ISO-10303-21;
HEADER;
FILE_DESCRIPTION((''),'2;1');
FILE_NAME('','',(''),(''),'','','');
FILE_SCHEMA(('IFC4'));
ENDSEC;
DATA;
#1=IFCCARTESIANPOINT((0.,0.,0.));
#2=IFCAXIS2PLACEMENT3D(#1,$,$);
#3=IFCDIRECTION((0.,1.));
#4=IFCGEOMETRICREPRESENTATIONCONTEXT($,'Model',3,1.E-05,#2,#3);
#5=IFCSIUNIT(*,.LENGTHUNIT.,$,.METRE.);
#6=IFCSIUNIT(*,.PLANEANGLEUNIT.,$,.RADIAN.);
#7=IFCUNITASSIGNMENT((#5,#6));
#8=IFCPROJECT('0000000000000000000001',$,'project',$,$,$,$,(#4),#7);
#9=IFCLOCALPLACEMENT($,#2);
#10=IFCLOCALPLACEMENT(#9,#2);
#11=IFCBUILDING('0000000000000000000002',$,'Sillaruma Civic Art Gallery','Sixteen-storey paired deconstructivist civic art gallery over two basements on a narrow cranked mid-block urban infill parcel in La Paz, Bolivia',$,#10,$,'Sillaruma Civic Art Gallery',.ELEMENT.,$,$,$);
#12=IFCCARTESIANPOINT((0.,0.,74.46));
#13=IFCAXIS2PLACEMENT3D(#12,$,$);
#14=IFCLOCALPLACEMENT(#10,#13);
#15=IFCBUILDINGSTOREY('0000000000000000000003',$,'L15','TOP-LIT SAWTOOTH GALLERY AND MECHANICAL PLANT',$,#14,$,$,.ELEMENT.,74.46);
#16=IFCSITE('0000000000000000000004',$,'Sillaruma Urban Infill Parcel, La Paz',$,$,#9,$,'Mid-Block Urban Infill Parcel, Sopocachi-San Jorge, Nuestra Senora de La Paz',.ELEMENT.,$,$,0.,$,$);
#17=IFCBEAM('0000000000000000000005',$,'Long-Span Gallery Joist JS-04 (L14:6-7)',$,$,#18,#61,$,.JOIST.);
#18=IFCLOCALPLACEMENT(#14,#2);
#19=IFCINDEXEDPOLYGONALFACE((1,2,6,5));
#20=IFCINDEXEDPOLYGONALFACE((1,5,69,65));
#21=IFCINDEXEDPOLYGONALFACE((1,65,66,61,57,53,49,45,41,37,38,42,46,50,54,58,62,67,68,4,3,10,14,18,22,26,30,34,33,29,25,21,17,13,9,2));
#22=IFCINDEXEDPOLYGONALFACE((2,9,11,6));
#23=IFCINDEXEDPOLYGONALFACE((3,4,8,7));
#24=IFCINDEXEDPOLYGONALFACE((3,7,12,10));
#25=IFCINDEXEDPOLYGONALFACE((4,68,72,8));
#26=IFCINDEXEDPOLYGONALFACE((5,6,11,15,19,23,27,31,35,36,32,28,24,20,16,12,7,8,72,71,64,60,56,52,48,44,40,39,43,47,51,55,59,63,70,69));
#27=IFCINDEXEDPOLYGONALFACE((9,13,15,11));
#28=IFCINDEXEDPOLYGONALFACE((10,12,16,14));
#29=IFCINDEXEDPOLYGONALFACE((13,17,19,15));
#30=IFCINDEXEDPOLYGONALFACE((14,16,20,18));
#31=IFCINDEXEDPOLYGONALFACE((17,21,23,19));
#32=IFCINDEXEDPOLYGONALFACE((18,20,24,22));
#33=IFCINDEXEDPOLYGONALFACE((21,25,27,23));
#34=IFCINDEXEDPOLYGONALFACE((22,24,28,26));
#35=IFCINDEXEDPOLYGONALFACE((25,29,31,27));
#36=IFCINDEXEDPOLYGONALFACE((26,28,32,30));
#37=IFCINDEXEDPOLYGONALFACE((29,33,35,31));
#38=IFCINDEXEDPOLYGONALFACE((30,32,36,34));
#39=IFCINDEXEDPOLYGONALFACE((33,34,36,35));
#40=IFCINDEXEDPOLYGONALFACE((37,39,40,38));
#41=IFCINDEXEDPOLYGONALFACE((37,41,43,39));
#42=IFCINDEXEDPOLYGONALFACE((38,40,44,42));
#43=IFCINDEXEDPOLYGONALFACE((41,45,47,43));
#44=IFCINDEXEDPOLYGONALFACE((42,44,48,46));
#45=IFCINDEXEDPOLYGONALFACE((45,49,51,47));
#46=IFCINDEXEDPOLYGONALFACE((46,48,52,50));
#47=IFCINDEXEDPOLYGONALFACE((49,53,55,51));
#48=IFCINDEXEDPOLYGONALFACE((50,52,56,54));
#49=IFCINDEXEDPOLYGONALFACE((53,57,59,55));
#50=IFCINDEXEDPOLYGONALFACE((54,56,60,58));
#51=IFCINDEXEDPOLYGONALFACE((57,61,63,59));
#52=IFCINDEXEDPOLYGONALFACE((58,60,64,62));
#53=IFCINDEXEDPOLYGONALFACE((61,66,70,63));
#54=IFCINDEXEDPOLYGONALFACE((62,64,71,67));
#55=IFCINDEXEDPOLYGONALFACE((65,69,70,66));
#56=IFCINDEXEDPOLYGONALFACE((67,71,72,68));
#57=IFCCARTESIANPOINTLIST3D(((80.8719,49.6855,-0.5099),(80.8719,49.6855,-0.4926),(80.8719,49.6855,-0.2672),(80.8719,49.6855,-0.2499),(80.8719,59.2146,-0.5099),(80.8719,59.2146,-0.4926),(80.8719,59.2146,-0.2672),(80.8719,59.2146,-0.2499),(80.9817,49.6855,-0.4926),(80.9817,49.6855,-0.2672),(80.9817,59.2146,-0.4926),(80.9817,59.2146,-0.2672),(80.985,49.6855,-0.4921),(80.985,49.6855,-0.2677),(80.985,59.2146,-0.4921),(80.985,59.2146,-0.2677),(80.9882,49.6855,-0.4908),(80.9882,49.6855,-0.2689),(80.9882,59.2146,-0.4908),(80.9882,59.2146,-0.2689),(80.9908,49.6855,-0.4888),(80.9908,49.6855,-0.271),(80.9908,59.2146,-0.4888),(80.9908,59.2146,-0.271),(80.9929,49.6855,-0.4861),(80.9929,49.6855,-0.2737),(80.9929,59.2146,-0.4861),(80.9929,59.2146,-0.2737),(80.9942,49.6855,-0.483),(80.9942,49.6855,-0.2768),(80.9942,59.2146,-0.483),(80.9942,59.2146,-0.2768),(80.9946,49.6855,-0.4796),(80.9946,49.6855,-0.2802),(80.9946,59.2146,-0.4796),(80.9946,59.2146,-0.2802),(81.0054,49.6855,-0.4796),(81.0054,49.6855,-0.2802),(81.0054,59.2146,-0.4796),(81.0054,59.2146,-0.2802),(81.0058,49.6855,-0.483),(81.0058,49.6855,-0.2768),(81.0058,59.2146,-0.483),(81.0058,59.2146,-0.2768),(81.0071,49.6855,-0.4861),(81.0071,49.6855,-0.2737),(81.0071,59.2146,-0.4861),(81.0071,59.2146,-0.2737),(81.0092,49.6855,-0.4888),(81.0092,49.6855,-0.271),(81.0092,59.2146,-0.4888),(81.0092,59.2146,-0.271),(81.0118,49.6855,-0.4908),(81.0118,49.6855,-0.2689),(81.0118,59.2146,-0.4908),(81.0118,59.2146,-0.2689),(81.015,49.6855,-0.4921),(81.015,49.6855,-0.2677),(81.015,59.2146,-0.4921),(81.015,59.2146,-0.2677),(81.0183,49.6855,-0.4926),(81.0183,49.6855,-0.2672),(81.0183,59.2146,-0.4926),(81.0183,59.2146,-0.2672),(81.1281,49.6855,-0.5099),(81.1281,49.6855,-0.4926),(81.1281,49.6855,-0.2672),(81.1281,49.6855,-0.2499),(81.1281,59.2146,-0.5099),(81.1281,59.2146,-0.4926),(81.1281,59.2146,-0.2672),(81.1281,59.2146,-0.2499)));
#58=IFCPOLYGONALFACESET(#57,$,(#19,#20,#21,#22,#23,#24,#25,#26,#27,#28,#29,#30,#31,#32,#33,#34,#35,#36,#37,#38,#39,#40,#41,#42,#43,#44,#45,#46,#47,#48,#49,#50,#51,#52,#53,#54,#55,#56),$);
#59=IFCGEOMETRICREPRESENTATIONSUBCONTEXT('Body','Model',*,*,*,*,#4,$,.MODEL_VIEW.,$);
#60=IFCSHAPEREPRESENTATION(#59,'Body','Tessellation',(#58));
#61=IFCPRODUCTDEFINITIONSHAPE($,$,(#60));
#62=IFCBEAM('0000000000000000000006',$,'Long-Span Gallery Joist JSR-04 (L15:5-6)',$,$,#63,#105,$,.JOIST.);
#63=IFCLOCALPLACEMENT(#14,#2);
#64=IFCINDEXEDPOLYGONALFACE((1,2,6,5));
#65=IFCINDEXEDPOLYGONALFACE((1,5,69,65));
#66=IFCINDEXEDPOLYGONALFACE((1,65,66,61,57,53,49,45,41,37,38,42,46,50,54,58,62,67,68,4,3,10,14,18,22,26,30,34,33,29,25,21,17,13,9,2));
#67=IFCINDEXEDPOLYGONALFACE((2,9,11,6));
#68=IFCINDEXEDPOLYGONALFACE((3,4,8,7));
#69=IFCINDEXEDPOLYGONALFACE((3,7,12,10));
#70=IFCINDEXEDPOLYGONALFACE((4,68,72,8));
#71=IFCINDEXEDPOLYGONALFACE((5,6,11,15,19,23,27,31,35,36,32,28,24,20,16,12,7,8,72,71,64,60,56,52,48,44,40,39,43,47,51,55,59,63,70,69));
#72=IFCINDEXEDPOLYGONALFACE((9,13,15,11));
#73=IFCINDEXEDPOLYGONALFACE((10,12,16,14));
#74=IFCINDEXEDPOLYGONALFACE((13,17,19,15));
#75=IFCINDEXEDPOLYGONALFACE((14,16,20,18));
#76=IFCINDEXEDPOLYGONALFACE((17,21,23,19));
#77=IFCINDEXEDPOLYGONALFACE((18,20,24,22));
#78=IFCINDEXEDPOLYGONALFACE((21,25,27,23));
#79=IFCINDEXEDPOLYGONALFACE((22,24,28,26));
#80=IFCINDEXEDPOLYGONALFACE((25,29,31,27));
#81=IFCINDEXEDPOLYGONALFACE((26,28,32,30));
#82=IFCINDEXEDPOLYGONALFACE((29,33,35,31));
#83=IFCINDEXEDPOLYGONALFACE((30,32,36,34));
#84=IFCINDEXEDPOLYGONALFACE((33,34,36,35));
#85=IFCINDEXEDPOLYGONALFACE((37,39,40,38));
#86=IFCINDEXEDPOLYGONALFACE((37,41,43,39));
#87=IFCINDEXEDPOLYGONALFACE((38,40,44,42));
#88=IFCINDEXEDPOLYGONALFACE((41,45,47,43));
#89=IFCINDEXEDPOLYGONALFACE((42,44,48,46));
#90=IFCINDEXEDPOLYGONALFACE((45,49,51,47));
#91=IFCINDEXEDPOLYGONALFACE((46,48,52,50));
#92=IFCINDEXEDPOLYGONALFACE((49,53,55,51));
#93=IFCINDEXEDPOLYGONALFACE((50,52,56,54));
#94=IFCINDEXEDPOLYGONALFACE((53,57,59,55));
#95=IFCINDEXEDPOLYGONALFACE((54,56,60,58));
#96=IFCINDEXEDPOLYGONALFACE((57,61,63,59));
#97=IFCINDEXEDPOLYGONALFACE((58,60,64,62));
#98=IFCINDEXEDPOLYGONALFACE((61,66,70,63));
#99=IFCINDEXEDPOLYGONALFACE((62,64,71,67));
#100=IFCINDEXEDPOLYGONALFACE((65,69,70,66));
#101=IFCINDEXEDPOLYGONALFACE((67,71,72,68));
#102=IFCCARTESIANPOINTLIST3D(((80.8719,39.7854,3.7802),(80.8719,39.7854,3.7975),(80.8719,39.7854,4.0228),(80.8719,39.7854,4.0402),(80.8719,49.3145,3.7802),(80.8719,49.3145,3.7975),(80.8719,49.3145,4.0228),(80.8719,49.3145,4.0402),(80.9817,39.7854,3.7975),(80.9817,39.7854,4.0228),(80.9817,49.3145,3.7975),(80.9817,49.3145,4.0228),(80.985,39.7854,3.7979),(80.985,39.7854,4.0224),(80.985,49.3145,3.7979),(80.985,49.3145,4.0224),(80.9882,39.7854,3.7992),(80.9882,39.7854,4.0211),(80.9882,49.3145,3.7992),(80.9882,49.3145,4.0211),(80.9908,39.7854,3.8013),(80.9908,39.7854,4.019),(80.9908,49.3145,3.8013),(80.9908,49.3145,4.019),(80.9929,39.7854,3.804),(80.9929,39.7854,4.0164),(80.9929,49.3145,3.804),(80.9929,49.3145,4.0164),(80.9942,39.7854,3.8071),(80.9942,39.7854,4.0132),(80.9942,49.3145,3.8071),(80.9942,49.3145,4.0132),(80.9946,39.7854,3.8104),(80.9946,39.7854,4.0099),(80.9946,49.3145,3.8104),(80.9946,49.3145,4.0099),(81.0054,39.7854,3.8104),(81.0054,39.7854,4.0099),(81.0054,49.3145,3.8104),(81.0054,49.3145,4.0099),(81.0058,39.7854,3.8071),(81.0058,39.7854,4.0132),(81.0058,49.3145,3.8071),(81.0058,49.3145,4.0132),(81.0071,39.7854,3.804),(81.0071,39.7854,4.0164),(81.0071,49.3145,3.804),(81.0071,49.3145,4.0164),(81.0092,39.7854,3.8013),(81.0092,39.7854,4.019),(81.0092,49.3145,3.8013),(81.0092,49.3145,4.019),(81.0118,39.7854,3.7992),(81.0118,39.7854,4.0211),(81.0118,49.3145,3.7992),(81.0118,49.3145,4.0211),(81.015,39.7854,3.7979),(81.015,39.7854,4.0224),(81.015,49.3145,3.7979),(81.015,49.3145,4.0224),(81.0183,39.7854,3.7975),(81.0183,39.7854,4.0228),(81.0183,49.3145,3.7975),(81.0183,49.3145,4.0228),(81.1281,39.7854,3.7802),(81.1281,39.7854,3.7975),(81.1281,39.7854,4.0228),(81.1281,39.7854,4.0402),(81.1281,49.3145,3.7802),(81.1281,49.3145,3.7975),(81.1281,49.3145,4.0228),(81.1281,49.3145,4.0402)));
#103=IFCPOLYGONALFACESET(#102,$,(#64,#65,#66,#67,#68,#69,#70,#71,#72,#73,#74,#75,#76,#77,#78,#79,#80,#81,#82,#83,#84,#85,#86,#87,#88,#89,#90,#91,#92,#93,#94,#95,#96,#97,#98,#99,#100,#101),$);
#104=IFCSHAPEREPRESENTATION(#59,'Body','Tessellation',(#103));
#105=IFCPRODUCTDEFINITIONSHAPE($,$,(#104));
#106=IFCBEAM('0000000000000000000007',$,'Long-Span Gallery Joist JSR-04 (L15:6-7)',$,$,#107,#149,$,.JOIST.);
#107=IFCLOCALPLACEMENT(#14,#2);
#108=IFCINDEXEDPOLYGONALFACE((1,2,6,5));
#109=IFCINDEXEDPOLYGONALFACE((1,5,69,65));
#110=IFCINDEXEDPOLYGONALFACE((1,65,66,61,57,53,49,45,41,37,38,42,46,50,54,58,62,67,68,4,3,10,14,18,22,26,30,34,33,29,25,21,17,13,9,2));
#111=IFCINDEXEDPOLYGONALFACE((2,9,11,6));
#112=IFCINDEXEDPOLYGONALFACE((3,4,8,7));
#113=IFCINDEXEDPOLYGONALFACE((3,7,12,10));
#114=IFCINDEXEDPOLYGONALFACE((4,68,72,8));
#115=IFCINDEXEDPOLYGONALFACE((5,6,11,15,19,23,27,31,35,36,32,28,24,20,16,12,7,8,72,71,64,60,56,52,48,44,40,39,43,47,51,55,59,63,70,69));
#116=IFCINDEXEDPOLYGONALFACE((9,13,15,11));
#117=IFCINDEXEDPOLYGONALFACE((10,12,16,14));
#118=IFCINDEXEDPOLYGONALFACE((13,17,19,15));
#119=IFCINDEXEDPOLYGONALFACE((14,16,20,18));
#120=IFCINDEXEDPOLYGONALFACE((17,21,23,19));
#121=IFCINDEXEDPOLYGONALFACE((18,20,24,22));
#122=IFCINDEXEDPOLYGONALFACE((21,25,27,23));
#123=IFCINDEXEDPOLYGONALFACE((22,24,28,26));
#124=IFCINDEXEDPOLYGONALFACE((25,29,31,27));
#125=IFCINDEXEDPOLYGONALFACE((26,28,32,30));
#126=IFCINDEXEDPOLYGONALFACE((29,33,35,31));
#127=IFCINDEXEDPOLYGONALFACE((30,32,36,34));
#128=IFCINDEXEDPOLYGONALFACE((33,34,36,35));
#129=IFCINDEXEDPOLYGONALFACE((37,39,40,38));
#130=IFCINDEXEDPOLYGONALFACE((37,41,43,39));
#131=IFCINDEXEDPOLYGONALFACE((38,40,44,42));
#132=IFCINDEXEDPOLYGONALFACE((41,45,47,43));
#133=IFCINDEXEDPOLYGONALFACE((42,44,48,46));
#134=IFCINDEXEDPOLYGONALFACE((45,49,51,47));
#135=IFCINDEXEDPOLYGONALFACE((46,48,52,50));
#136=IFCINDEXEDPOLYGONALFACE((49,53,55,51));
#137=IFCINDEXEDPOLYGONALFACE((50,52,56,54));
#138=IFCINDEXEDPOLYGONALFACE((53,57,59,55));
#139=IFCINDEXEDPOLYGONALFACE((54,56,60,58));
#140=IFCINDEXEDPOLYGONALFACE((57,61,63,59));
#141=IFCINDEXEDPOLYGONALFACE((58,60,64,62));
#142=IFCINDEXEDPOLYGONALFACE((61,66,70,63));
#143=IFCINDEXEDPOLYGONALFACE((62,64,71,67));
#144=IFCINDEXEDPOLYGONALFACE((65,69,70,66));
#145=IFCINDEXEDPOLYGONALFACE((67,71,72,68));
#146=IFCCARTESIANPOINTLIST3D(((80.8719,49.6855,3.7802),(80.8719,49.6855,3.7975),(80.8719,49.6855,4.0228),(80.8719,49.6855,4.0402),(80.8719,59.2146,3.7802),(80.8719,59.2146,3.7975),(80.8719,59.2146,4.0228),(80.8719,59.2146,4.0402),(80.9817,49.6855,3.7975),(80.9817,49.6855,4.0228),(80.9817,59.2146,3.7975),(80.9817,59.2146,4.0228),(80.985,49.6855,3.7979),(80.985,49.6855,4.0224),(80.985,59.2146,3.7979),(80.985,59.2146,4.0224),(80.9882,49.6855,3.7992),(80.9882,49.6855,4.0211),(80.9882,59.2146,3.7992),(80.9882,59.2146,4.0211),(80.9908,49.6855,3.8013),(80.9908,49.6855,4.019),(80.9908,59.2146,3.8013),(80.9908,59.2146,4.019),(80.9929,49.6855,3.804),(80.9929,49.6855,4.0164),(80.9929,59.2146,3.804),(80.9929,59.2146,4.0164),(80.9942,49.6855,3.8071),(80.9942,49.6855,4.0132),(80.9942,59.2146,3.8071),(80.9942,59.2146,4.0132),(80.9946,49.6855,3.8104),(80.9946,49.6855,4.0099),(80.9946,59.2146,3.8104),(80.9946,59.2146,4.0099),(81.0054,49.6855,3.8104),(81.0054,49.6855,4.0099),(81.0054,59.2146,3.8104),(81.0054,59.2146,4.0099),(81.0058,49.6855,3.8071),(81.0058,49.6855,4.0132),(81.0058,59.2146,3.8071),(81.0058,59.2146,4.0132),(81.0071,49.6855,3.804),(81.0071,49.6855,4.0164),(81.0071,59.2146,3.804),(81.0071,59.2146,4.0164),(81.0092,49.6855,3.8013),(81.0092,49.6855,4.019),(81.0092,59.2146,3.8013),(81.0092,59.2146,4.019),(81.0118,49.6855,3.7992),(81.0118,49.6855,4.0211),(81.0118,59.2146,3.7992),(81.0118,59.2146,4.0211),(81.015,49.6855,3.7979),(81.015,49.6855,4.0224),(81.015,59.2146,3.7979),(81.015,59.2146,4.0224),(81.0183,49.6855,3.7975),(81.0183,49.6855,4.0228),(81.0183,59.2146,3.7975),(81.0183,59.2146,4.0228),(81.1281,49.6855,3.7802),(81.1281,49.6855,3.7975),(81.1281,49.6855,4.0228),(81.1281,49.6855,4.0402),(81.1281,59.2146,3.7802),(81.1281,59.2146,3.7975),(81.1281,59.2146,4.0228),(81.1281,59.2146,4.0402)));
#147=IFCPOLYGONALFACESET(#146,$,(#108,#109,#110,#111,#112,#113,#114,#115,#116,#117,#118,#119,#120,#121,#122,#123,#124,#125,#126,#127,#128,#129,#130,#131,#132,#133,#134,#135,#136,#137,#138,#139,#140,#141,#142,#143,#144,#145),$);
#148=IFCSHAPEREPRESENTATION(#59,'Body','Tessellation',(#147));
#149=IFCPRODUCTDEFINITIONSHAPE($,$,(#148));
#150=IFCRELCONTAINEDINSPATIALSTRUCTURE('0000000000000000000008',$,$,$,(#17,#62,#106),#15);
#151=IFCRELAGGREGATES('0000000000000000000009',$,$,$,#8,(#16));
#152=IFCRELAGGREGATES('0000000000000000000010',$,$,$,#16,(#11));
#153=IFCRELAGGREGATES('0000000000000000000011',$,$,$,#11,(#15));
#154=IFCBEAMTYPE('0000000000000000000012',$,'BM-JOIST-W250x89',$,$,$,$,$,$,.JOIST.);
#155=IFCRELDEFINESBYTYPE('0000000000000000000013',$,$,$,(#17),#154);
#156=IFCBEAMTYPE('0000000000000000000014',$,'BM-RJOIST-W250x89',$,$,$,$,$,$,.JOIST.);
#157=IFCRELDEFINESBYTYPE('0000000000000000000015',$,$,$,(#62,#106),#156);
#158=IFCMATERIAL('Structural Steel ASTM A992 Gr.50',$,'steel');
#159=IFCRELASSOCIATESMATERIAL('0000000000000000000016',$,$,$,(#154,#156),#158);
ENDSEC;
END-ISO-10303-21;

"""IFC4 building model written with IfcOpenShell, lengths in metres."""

from ifc_helpers import new_model, si_unit, direction, frame, origin, origin_2d, place, context, subcontext, project, spatial, i_section, extrude, material, material_profile, profile_set, type_object, element, save


model = new_model("IFC4")

# Units and contexts
model_context = context("Model", 3, precision=1e-05, world=origin(), true_north=direction((0.0, 1.0)))
body_context = subcontext(model_context, "Body", "Model", "MODEL_VIEW")
ifc_project = project(units=[si_unit("LENGTHUNIT", "METRE"), si_unit("PLANEANGLEUNIT", "RADIAN")], contexts=[model_context])

# Site, building, storey
site_placement = place(None, origin())
site = spatial("IfcSite", under=ifc_project, at=site_placement, Name="Sillaruma Urban Infill Parcel, La Paz", LongName="Mid-Block Urban Infill Parcel, Sopocachi-San Jorge, Nuestra Senora de La Paz", CompositionType="ELEMENT", RefElevation=0.0)
building_placement = place(site_placement, origin())
building = spatial("IfcBuilding", under=site, at=building_placement, Name="Sillaruma Civic Art Gallery", Description="Sixteen-storey paired deconstructivist civic art gallery over two basements on a narrow cranked mid-block urban infill parcel in La Paz, Bolivia", LongName="Sillaruma Civic Art Gallery", CompositionType="ELEMENT")
storey_placement = place(building_placement, frame((0.0, 0.0, 74.46)))
storey = spatial("IfcBuildingStorey", under=building, at=storey_placement, Name="L15", Description="TOP-LIT SAWTOOTH GALLERY AND MECHANICAL PLANT", CompositionType="ELEMENT", Elevation=74.46)

# Beams
ifc_material_1 = material(Name="Structural Steel ASTM A992 Gr.50", Category="steel")
ifc_material_profile_1 = material_profile(ifc_material_1, i_section(OverallWidth=0.2561, OverallDepth=0.26, WebThickness=0.0107, FlangeThickness=0.0173, FilletRadius=0.0129, at=origin_2d()), Name="W250x89")
ifc_profile_set_1 = profile_set([ifc_material_profile_1], Name="Structural Steel ASTM A992 Gr.50")
beam_type_1 = type_object("IfcBeamType", Name="BM-JOIST-W250x89", PredefinedType="JOIST", material=ifc_profile_set_1)
beam_placement = place(storey_placement, frame((81.0, 49.6855, -0.3799), z_axis=(0.0, 1.0, 0.0), x_axis=(-1.0, 0.0, 0.0)))
element("IfcBeam", 1, at=beam_placement, inside=storey, type_object=beam_type_1, Name="Long-Span Gallery Joist JS-04 (L14:6-7)", PredefinedType="JOIST", context=body_context, shape_type="SweptSolid", body=[
    extrude(i_section(OverallWidth=0.2561, OverallDepth=0.26, WebThickness=0.0107, FlangeThickness=0.0173, FilletRadius=0.0129, at=origin_2d()), origin(), (0.0, 0.0, 1.0), 9.5291),
])
ifc_material_profile_2 = material_profile(ifc_material_1, i_section(OverallWidth=0.2561, OverallDepth=0.26, WebThickness=0.0107, FlangeThickness=0.0173, FilletRadius=0.0129, at=origin_2d()), Name="W250x89")
ifc_profile_set_2 = profile_set([ifc_material_profile_2], Name="Structural Steel ASTM A992 Gr.50")
beam_type_2 = type_object("IfcBeamType", Name="BM-RJOIST-W250x89", PredefinedType="JOIST", material=ifc_profile_set_2)
for number, where, z_axis, x_axis, name in (
    (2, (81.0, 39.7854, 3.9102), (0.0, 1.0, 0.0), (-1.0, 0.0, 0.0), "Long-Span Gallery Joist JSR-04 (L15:5-6)"),
    (3, (81.0, 49.6855, 3.9102), (0.0, 1.0, 0.0), (-1.0, 0.0, 0.0), "Long-Span Gallery Joist JSR-04 (L15:6-7)"),
):
    element("IfcBeam", number, at=place(storey_placement, frame(where, z_axis=z_axis, x_axis=x_axis)), inside=storey, type_object=beam_type_2, Name=name, PredefinedType="JOIST", context=body_context, shape_type="SweptSolid", body=[
        extrude(i_section(OverallWidth=0.2561, OverallDepth=0.26, WebThickness=0.0107, FlangeThickness=0.0173, FilletRadius=0.0129, at=origin_2d()), origin(), (0.0, 0.0, 1.0), 9.5291),
    ])

save(model, "model.ifc")
